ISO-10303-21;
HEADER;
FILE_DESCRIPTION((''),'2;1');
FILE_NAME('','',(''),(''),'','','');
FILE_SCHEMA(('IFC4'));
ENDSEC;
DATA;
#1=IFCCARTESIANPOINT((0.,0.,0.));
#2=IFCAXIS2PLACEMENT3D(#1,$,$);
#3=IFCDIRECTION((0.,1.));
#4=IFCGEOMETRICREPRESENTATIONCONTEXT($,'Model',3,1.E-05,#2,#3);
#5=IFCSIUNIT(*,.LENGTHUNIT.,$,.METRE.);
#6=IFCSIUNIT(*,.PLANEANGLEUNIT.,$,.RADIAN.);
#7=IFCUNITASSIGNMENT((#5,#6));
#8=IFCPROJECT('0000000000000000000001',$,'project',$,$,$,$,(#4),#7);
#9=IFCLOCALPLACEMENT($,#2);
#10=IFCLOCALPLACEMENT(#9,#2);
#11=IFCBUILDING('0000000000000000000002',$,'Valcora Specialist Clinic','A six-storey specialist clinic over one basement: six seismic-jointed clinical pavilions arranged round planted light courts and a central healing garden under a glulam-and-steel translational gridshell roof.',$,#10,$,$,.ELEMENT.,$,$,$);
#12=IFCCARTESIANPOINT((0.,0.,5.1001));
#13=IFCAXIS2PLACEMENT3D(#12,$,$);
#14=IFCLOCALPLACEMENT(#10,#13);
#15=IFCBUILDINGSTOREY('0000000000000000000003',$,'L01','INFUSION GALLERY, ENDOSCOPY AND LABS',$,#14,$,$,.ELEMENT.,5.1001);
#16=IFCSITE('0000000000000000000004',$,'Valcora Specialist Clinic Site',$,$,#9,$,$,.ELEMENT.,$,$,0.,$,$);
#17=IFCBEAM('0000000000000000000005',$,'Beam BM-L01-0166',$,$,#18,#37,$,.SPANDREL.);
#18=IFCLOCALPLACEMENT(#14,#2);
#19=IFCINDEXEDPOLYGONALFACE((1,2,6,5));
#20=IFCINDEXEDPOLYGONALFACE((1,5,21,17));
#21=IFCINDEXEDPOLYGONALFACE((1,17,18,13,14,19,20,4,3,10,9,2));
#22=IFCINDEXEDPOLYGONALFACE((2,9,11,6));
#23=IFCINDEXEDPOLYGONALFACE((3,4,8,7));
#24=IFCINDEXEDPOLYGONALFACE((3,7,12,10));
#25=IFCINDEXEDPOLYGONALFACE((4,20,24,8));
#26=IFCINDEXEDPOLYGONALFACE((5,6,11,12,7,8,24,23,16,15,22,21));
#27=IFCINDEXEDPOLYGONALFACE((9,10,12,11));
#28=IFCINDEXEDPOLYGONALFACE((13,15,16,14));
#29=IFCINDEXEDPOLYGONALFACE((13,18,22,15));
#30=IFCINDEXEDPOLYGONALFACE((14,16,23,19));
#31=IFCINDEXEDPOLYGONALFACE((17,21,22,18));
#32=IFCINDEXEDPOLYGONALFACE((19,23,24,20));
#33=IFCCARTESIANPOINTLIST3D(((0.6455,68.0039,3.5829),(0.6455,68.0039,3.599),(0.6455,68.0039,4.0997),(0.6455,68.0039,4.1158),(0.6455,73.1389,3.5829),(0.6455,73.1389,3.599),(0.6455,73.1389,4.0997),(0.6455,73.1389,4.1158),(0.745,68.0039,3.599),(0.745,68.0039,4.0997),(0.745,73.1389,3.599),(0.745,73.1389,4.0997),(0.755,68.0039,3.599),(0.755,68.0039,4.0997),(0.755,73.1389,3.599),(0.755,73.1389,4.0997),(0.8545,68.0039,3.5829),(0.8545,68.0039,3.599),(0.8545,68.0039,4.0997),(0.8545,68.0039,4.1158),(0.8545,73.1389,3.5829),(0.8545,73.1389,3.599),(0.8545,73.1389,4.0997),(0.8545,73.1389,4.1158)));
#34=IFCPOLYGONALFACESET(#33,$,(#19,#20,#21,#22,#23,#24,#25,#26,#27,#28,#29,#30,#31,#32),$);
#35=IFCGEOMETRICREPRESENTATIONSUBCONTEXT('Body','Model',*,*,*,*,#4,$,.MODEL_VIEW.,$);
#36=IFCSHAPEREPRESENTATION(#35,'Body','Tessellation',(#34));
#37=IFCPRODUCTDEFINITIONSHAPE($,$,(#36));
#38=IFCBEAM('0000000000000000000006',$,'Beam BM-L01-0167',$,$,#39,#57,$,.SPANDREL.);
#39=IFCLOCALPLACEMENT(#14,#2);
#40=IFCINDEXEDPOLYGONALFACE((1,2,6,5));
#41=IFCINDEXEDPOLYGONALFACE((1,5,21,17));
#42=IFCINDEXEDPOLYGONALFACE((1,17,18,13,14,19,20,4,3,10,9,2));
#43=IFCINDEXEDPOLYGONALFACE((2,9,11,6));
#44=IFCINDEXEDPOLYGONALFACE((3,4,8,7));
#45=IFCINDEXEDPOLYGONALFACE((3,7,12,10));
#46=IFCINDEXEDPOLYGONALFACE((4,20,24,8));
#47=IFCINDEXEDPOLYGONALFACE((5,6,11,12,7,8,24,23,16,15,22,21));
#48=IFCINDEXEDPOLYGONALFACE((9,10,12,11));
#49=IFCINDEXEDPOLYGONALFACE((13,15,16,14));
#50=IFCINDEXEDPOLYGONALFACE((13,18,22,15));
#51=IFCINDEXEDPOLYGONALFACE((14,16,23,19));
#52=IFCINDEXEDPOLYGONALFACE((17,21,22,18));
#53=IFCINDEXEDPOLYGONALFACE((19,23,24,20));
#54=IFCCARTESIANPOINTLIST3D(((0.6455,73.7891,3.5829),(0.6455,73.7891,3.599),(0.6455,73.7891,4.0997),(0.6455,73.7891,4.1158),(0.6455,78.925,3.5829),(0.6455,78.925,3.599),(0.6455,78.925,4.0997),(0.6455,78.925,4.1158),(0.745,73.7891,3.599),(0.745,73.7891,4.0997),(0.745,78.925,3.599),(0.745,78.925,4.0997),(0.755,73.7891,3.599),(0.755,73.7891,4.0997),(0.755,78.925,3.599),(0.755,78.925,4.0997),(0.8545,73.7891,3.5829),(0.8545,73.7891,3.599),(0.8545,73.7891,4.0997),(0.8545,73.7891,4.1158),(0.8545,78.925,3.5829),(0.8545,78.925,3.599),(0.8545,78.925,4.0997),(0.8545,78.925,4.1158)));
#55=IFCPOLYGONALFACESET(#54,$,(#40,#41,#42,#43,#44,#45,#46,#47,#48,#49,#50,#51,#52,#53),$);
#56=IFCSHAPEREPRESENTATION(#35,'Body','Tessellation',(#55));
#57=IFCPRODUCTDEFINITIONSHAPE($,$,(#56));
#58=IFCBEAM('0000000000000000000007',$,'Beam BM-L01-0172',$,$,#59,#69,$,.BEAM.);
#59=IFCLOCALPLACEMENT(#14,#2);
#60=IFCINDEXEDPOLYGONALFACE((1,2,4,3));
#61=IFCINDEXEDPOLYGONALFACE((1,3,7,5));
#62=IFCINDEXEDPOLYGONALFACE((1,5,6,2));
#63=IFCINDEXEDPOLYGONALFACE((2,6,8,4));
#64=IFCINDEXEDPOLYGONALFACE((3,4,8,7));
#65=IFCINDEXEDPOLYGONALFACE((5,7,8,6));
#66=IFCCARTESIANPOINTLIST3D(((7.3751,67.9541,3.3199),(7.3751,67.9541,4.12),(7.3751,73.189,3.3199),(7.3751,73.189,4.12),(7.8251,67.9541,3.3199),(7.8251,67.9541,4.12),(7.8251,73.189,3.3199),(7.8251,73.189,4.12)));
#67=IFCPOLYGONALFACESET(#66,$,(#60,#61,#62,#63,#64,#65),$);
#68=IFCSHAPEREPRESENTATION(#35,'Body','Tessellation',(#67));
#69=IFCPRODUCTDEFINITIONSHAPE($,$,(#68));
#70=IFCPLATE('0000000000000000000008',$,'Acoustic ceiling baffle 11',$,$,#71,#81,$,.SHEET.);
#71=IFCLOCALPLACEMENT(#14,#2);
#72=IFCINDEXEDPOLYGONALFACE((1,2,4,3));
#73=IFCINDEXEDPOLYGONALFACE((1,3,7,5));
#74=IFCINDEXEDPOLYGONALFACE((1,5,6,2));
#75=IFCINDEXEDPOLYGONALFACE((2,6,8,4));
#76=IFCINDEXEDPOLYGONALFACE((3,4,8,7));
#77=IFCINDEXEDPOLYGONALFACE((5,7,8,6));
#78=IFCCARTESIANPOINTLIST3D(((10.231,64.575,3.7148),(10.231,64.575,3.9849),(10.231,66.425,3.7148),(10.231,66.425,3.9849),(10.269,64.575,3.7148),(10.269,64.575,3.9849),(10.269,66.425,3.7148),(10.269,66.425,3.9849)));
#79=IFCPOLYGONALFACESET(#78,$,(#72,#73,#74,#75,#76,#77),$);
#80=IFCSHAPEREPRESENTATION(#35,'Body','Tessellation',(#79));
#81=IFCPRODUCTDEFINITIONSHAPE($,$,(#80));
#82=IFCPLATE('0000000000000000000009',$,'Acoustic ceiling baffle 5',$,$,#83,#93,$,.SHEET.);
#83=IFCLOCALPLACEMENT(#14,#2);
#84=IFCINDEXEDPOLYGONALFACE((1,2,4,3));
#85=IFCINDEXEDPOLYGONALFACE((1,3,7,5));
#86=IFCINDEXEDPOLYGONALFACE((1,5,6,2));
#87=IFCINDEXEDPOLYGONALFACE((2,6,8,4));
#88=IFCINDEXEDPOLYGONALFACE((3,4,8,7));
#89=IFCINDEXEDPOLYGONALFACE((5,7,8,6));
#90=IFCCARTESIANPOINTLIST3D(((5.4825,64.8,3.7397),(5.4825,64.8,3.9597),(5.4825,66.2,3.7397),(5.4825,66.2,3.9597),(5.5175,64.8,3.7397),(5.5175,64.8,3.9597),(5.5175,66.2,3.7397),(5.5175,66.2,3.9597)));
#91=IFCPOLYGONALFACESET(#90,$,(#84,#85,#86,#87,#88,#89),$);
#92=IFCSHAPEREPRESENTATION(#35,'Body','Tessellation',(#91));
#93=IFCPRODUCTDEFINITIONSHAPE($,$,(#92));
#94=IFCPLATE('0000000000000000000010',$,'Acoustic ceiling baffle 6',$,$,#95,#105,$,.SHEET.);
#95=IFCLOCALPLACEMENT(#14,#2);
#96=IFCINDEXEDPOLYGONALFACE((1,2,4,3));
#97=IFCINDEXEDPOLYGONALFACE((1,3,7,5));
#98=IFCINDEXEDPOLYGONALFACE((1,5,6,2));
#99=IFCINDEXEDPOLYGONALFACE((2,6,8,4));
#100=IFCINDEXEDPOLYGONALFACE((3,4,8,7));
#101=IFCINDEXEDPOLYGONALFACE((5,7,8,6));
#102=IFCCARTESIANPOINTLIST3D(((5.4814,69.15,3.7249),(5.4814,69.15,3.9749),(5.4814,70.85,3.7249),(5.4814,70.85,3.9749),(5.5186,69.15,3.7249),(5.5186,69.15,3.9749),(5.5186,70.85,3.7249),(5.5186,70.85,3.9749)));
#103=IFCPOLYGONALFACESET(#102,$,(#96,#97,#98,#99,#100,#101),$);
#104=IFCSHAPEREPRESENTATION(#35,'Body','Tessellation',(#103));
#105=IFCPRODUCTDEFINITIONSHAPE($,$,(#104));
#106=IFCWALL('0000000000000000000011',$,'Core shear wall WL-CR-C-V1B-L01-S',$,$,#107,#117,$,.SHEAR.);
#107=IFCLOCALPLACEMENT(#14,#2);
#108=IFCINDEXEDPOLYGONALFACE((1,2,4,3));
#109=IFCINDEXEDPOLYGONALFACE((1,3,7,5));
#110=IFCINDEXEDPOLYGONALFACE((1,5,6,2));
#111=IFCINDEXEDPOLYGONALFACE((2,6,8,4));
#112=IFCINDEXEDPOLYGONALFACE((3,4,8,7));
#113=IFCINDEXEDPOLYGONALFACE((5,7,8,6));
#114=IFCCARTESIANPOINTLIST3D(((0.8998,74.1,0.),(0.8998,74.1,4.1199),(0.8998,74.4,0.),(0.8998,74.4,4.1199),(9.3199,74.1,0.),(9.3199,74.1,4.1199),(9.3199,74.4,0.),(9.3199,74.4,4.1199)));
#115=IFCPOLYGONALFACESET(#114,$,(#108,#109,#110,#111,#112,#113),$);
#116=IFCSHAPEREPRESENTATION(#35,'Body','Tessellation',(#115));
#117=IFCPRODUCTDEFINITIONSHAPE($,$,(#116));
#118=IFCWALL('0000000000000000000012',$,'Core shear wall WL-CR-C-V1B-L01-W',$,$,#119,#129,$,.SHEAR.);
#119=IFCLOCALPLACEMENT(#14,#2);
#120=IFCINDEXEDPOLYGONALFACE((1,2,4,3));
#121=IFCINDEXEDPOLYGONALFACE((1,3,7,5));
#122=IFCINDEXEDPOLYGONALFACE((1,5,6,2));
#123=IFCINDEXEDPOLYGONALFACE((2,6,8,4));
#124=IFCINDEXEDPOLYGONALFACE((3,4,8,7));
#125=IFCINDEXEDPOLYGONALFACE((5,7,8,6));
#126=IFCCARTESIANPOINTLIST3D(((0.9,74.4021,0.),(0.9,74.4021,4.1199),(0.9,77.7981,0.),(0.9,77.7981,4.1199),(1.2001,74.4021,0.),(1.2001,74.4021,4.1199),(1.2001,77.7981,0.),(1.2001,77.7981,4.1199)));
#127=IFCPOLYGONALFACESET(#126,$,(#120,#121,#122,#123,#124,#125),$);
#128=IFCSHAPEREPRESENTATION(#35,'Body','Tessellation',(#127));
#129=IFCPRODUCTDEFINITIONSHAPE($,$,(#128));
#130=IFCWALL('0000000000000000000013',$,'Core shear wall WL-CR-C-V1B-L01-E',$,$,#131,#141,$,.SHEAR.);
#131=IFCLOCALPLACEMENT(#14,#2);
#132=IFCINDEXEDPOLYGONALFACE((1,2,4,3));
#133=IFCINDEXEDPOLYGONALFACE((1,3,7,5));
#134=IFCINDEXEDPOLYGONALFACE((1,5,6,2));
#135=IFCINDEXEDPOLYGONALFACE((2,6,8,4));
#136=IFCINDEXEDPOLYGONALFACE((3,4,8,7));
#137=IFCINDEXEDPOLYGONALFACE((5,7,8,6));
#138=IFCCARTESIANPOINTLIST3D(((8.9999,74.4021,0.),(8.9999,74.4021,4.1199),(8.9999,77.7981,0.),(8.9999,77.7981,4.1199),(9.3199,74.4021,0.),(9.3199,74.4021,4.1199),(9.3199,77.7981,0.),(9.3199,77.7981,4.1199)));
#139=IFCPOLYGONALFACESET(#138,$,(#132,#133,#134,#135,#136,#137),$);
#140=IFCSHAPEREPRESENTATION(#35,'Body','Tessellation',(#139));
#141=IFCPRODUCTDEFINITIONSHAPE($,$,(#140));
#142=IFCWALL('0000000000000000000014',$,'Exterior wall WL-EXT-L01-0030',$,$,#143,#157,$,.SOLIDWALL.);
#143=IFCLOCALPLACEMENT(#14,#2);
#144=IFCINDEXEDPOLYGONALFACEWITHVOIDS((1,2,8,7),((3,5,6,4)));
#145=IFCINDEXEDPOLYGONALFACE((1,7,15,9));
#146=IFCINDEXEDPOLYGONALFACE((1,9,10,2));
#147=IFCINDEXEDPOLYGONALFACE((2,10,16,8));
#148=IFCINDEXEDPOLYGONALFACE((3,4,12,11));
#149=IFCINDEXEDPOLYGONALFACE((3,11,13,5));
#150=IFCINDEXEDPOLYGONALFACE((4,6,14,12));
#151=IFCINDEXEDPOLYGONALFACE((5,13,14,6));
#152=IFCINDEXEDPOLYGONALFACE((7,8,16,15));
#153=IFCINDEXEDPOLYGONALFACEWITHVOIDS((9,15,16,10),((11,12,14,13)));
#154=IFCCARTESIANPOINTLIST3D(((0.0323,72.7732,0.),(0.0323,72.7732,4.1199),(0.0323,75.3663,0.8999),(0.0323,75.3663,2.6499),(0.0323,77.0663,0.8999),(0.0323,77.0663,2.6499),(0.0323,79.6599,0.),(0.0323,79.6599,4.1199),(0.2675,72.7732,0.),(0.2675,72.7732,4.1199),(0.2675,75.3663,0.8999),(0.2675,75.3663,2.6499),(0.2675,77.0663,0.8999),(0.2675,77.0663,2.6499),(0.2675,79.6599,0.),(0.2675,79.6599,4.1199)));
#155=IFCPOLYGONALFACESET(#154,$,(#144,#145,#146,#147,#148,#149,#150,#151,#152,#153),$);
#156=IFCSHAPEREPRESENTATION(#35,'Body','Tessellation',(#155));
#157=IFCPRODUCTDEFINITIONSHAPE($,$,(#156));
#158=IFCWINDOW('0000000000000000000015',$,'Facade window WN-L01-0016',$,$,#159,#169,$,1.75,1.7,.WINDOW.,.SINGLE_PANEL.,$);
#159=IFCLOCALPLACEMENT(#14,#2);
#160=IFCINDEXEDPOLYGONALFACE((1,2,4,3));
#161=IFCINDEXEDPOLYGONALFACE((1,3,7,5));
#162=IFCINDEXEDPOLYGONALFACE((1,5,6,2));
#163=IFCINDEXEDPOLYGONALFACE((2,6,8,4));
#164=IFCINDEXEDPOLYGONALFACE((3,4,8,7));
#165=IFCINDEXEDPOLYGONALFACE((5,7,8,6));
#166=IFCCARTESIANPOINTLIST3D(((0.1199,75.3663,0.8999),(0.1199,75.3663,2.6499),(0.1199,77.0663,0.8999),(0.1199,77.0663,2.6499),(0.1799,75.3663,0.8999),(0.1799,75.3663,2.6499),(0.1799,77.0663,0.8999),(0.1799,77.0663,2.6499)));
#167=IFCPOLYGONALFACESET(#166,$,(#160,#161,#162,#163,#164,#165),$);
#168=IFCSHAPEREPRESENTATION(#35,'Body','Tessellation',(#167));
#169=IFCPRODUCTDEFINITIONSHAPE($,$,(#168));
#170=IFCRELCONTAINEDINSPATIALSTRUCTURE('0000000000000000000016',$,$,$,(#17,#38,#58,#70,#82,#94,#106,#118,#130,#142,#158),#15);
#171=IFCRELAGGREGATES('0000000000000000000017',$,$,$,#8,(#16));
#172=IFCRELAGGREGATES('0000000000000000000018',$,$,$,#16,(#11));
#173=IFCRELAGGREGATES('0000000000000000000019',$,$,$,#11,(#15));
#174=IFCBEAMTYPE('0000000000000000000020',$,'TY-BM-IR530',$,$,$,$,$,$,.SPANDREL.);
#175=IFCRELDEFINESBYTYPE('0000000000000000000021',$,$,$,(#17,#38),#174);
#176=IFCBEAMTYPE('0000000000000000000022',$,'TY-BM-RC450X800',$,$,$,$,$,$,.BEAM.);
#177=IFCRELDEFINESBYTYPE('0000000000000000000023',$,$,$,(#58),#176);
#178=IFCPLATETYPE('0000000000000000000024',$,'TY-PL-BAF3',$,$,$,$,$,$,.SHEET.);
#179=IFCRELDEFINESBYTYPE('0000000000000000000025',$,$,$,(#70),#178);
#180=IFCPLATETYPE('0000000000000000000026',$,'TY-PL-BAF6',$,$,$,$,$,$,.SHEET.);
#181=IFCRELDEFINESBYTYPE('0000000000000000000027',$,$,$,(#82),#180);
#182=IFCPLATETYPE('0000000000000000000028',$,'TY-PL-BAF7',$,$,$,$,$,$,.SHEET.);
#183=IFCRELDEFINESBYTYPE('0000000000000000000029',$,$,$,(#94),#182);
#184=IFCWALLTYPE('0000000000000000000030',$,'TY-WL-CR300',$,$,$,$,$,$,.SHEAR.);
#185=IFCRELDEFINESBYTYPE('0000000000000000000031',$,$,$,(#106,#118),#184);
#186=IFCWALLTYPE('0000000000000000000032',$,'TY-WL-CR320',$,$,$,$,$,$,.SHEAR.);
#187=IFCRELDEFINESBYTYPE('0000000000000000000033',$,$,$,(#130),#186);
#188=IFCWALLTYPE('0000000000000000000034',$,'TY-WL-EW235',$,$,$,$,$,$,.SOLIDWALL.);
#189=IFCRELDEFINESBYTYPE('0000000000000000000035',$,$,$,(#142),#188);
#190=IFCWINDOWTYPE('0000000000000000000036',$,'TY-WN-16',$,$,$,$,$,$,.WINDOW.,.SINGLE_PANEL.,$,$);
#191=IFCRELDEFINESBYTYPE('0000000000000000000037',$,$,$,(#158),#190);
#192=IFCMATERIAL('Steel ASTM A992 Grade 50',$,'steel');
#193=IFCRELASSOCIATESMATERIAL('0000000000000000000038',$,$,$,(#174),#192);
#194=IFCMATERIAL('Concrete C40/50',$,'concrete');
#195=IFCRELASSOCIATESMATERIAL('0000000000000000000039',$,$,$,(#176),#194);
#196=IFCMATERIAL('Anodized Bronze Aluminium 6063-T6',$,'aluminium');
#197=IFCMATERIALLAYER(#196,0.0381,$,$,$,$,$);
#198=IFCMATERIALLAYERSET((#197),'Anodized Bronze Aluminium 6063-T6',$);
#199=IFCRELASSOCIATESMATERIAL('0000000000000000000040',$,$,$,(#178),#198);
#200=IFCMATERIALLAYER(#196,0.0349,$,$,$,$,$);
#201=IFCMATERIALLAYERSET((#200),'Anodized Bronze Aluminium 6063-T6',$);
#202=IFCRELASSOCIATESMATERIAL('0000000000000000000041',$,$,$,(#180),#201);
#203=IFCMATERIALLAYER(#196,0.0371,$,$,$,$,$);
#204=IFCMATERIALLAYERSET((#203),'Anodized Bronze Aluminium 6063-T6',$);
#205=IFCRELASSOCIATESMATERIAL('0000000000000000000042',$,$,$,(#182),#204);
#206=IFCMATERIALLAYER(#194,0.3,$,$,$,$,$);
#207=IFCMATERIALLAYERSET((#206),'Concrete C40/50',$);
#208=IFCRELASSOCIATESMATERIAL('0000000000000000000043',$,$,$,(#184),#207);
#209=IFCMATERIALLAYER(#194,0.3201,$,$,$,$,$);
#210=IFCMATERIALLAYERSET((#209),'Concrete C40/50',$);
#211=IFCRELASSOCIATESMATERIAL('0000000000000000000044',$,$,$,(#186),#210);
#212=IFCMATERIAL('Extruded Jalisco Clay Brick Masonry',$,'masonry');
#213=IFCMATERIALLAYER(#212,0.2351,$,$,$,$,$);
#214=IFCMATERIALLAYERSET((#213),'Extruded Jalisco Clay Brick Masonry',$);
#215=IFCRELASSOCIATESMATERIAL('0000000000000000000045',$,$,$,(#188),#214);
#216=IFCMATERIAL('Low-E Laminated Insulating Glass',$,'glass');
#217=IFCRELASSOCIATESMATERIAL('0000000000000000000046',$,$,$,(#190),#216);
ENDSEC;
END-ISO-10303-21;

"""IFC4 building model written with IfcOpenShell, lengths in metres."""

from ifc_helpers import new_model, si_unit, direction, frame, frame_2d, origin, origin_2d, place, context, subcontext, project, spatial, rectangle, i_section, extrude, material, layer, layer_set, material_profile, profile_set, type_object, element, fill, save


model = new_model("IFC4")

# Units and contexts
model_context = context("Model", 3, precision=1e-05, world=origin(), true_north=direction((0.0, 1.0)))
body_context = subcontext(model_context, "Body", "Model", "MODEL_VIEW")
ifc_project = project(units=[si_unit("LENGTHUNIT", "METRE"), si_unit("PLANEANGLEUNIT", "RADIAN")], contexts=[model_context])

# Site, building, storey
site_placement = place(None, origin())
site = spatial("IfcSite", under=ifc_project, at=site_placement, Name="Valcora Specialist Clinic Site", CompositionType="ELEMENT", RefElevation=0.0)
building_placement = place(site_placement, origin())
building = spatial("IfcBuilding", under=site, at=building_placement, Name="Valcora Specialist Clinic", Description="A six-storey specialist clinic over one basement: six seismic-jointed clinical pavilions arranged round planted light courts and a central healing garden under a glulam-and-steel translational gridshell roof.", CompositionType="ELEMENT")
storey_placement = place(building_placement, frame((0.0, 0.0, 5.1001)))
storey = spatial("IfcBuildingStorey", under=building, at=storey_placement, Name="L01", Description="INFUSION GALLERY, ENDOSCOPY AND LABS", CompositionType="ELEMENT", Elevation=5.1001)

# Shared definitions
ifc_material_1 = material(Name="Concrete C40/50", Category="concrete")

# Beams
ifc_material_2 = material(Name="Steel ASTM A992 Grade 50", Category="steel")
ifc_material_profile_1 = material_profile(ifc_material_2, i_section(OverallWidth=0.209, OverallDepth=0.533, WebThickness=0.01, FlangeThickness=0.0161, at=origin_2d()), Name="ST-IR-530X210")
ifc_profile_set_1 = profile_set([ifc_material_profile_1], Name="Steel ASTM A992 Grade 50")
beam_type_1 = type_object("IfcBeamType", Name="TY-BM-IR530", PredefinedType="SPANDREL", material=ifc_profile_set_1)
beam_1_placement = place(storey_placement, frame((0.75, 68.0039, 3.8494), z_axis=(0.0, 1.0, 0.0), x_axis=(-1.0, 0.0, 0.0)))
element("IfcBeam", 1, at=beam_1_placement, inside=storey, type_object=beam_type_1, Name="Beam BM-L01-0166", PredefinedType="SPANDREL", context=body_context, shape_type="SweptSolid", body=[
    extrude(i_section(OverallWidth=0.209, OverallDepth=0.533, WebThickness=0.01, FlangeThickness=0.0161, at=origin_2d()), origin(), (0.0, 0.0, 1.0), 5.135),
])
beam_2_placement = place(storey_placement, frame((0.75, 73.7891, 3.8494), z_axis=(0.0, 1.0, 0.0), x_axis=(-1.0, 0.0, 0.0)))
element("IfcBeam", 2, at=beam_2_placement, inside=storey, type_object=beam_type_1, Name="Beam BM-L01-0167", PredefinedType="SPANDREL", context=body_context, shape_type="SweptSolid", body=[
    extrude(i_section(OverallWidth=0.209, OverallDepth=0.533, WebThickness=0.01, FlangeThickness=0.0161, at=origin_2d()), origin(), (0.0, 0.0, 1.0), 5.136),
])
ifc_material_profile_2 = material_profile(ifc_material_1, rectangle(XDim=0.45, YDim=0.8, at=origin_2d()), Name="RC-BM-450X800")
ifc_profile_set_2 = profile_set([ifc_material_profile_2], Name="Concrete C40/50")
beam_type_2 = type_object("IfcBeamType", Name="TY-BM-RC450X800", PredefinedType="BEAM", material=ifc_profile_set_2)
beam_3_placement = place(storey_placement, frame((7.6001, 67.9541, 3.72), z_axis=(0.0, 1.0, 0.0), x_axis=(-1.0, 0.0, 0.0)))
element("IfcBeam", 3, at=beam_3_placement, inside=storey, type_object=beam_type_2, Name="Beam BM-L01-0172", PredefinedType="BEAM", context=body_context, shape_type="SweptSolid", body=[
    extrude(rectangle(XDim=0.45, YDim=0.8, at=origin_2d()), origin(), (0.0, 0.0, 1.0), 5.2349),
])

# Plates
ifc_material_3 = material(Name="Anodized Bronze Aluminium 6063-T6", Category="aluminium")
ifc_layer_1 = layer(ifc_material_3, 0.0381)
ifc_layer_set_1 = layer_set([ifc_layer_1], Name="Anodized Bronze Aluminium 6063-T6")
plate_type_1 = type_object("IfcPlateType", Name="TY-PL-BAF3", PredefinedType="SHEET", material=ifc_layer_set_1)
plate_1_placement = place(storey_placement, frame((10.25, 65.5, 3.7148), z_axis=(0.0, 0.0, 1.0), x_axis=(0.0, 1.0, 0.0)))
element("IfcPlate", 4, at=plate_1_placement, inside=storey, type_object=plate_type_1, Name="Acoustic ceiling baffle 11", PredefinedType="SHEET", context=body_context, shape_type="SweptSolid", body=[
    extrude(rectangle(XDim=1.8501, YDim=0.0381, at=origin_2d()), origin(), (0.0, 0.0, 1.0), 0.27),
])
ifc_layer_2 = layer(ifc_material_3, 0.0349)
ifc_layer_set_2 = layer_set([ifc_layer_2], Name="Anodized Bronze Aluminium 6063-T6")
plate_type_2 = type_object("IfcPlateType", Name="TY-PL-BAF6", PredefinedType="SHEET", material=ifc_layer_set_2)
plate_2_placement = place(storey_placement, frame((5.5, 65.5, 3.7397), z_axis=(0.0, 0.0, 1.0), x_axis=(0.0, 1.0, 0.0)))
element("IfcPlate", 5, at=plate_2_placement, inside=storey, type_object=plate_type_2, Name="Acoustic ceiling baffle 5", PredefinedType="SHEET", context=body_context, shape_type="SweptSolid", body=[
    extrude(rectangle(XDim=1.3999, YDim=0.0349, at=origin_2d()), origin(), (0.0, 0.0, 1.0), 0.22),
])
ifc_layer_3 = layer(ifc_material_3, 0.0371)
ifc_layer_set_3 = layer_set([ifc_layer_3], Name="Anodized Bronze Aluminium 6063-T6")
plate_type_3 = type_object("IfcPlateType", Name="TY-PL-BAF7", PredefinedType="SHEET", material=ifc_layer_set_3)
plate_3_placement = place(storey_placement, frame((5.5, 70.0, 3.7249), z_axis=(0.0, 0.0, 1.0), x_axis=(0.0, 1.0, 0.0)))
element("IfcPlate", 6, at=plate_3_placement, inside=storey, type_object=plate_type_3, Name="Acoustic ceiling baffle 6", PredefinedType="SHEET", context=body_context, shape_type="SweptSolid", body=[
    extrude(rectangle(XDim=1.7, YDim=0.0371, at=origin_2d()), origin(), (0.0, 0.0, 1.0), 0.25),
])

# Walls
ifc_layer_4 = layer(ifc_material_1, 0.3)
ifc_layer_set_4 = layer_set([ifc_layer_4], Name="Concrete C40/50")
wall_type_1 = type_object("IfcWallType", Name="TY-WL-CR300", PredefinedType="SHEAR", material=ifc_layer_set_4)
wall_1_placement = place(storey_placement, frame((0.8999, 74.25, 0.0), z_axis=(0.0, 0.0, 1.0), x_axis=(1.0, 0.0, 0.0)))
element("IfcWall", 7, at=wall_1_placement, inside=storey, type_object=wall_type_1, Name="Core shear wall WL-CR-C-V1B-L01-S", PredefinedType="SHEAR", context=body_context, shape_type="SweptSolid", body=[
    extrude(rectangle(XDim=8.4202, YDim=0.3, at=frame_2d((4.21, 0.0))), origin(), (0.0, 0.0, 1.0), 4.1199),
])
wall_2_placement = place(storey_placement, frame((1.05, 74.4021, 0.0), z_axis=(0.0, 0.0, 1.0), x_axis=(0.0, 1.0, 0.0)))
element("IfcWall", 8, at=wall_2_placement, inside=storey, type_object=wall_type_1, Name="Core shear wall WL-CR-C-V1B-L01-W", PredefinedType="SHEAR", context=body_context, shape_type="SweptSolid", body=[
    extrude(rectangle(XDim=3.396, YDim=0.3, at=frame_2d((1.698, 0.0))), origin(), (0.0, 0.0, 1.0), 4.1199),
])
ifc_layer_5 = layer(ifc_material_1, 0.3201)
ifc_layer_set_5 = layer_set([ifc_layer_5], Name="Concrete C40/50")
wall_type_2 = type_object("IfcWallType", Name="TY-WL-CR320", PredefinedType="SHEAR", material=ifc_layer_set_5)
wall_3_placement = place(storey_placement, frame((9.1599, 74.4021, 0.0), z_axis=(0.0, 0.0, 1.0), x_axis=(0.0, 1.0, 0.0)))
element("IfcWall", 9, at=wall_3_placement, inside=storey, type_object=wall_type_2, Name="Core shear wall WL-CR-C-V1B-L01-E", PredefinedType="SHEAR", context=body_context, shape_type="SweptSolid", body=[
    extrude(rectangle(XDim=3.396, YDim=0.3201, at=frame_2d((1.698, 0.0))), origin(), (0.0, 0.0, 1.0), 4.1199),
])

# Wall, opening, window
ifc_material_4 = material(Name="Extruded Jalisco Clay Brick Masonry", Category="masonry")
ifc_layer_6 = layer(ifc_material_4, 0.2351)
ifc_layer_set_6 = layer_set([ifc_layer_6], Name="Extruded Jalisco Clay Brick Masonry")
wall_type_3 = type_object("IfcWallType", Name="TY-WL-EW235", PredefinedType="SOLIDWALL", material=ifc_layer_set_6)
wall_4_placement = place(storey_placement, frame((0.1499, 72.7732, 0.0), z_axis=(0.0, 0.0, 1.0), x_axis=(0.0, 1.0, 0.0)))
wall_4 = element("IfcWall", 10, at=wall_4_placement, inside=storey, type_object=wall_type_3, Name="Exterior wall WL-EXT-L01-0030", PredefinedType="SOLIDWALL", context=body_context, shape_type="SweptSolid", body=[
    extrude(rectangle(XDim=6.8867, YDim=0.2351, at=frame_2d((3.4434, 0.0))), origin(), (0.0, 0.0, 1.0), 4.1199),
])
opening_1_placement = place(wall_4_placement, frame((2.593, 0.0, 0.8999)))
opening_1 = element("IfcOpeningElement", 11, at=opening_1_placement, cuts=wall_4, PredefinedType="OPENING", context=body_context, shape_type="SweptSolid", body=[
    extrude(rectangle(XDim=1.7, YDim=1.75, at=frame_2d((0.8501, 0.875))), frame((0.0, 0.1274, 0.0), z_axis=(0.0, -1.0, 0.0), x_axis=(1.0, 0.0, 0.0)), (0.0, 0.0, 1.0), 0.2551),
])
ifc_material_5 = material(Name="Low-E Laminated Insulating Glass", Category="glass")
window_type_1 = type_object("IfcWindowType", Name="TY-WN-16", PartitioningType="SINGLE_PANEL", PredefinedType="WINDOW", material=ifc_material_5)
window_1_placement = place(opening_1_placement, origin())
window_1 = element("IfcWindow", 12, at=window_1_placement, inside=storey, type_object=window_type_1, Name="Facade window WN-L01-0016", OverallHeight=1.75, OverallWidth=1.7, PartitioningType="SINGLE_PANEL", PredefinedType="WINDOW", context=body_context, shape_type="SweptSolid", body=[
    extrude(rectangle(XDim=1.7, YDim=1.75, at=frame_2d((0.8501, 0.875))), frame((0.0, 0.03, 0.0), z_axis=(0.0, -1.0, 0.0), x_axis=(1.0, 0.0, 0.0)), (0.0, 0.0, 1.0), 0.0601),
])
fill(opening_1, window_1)

save(model, "model.ifc")
